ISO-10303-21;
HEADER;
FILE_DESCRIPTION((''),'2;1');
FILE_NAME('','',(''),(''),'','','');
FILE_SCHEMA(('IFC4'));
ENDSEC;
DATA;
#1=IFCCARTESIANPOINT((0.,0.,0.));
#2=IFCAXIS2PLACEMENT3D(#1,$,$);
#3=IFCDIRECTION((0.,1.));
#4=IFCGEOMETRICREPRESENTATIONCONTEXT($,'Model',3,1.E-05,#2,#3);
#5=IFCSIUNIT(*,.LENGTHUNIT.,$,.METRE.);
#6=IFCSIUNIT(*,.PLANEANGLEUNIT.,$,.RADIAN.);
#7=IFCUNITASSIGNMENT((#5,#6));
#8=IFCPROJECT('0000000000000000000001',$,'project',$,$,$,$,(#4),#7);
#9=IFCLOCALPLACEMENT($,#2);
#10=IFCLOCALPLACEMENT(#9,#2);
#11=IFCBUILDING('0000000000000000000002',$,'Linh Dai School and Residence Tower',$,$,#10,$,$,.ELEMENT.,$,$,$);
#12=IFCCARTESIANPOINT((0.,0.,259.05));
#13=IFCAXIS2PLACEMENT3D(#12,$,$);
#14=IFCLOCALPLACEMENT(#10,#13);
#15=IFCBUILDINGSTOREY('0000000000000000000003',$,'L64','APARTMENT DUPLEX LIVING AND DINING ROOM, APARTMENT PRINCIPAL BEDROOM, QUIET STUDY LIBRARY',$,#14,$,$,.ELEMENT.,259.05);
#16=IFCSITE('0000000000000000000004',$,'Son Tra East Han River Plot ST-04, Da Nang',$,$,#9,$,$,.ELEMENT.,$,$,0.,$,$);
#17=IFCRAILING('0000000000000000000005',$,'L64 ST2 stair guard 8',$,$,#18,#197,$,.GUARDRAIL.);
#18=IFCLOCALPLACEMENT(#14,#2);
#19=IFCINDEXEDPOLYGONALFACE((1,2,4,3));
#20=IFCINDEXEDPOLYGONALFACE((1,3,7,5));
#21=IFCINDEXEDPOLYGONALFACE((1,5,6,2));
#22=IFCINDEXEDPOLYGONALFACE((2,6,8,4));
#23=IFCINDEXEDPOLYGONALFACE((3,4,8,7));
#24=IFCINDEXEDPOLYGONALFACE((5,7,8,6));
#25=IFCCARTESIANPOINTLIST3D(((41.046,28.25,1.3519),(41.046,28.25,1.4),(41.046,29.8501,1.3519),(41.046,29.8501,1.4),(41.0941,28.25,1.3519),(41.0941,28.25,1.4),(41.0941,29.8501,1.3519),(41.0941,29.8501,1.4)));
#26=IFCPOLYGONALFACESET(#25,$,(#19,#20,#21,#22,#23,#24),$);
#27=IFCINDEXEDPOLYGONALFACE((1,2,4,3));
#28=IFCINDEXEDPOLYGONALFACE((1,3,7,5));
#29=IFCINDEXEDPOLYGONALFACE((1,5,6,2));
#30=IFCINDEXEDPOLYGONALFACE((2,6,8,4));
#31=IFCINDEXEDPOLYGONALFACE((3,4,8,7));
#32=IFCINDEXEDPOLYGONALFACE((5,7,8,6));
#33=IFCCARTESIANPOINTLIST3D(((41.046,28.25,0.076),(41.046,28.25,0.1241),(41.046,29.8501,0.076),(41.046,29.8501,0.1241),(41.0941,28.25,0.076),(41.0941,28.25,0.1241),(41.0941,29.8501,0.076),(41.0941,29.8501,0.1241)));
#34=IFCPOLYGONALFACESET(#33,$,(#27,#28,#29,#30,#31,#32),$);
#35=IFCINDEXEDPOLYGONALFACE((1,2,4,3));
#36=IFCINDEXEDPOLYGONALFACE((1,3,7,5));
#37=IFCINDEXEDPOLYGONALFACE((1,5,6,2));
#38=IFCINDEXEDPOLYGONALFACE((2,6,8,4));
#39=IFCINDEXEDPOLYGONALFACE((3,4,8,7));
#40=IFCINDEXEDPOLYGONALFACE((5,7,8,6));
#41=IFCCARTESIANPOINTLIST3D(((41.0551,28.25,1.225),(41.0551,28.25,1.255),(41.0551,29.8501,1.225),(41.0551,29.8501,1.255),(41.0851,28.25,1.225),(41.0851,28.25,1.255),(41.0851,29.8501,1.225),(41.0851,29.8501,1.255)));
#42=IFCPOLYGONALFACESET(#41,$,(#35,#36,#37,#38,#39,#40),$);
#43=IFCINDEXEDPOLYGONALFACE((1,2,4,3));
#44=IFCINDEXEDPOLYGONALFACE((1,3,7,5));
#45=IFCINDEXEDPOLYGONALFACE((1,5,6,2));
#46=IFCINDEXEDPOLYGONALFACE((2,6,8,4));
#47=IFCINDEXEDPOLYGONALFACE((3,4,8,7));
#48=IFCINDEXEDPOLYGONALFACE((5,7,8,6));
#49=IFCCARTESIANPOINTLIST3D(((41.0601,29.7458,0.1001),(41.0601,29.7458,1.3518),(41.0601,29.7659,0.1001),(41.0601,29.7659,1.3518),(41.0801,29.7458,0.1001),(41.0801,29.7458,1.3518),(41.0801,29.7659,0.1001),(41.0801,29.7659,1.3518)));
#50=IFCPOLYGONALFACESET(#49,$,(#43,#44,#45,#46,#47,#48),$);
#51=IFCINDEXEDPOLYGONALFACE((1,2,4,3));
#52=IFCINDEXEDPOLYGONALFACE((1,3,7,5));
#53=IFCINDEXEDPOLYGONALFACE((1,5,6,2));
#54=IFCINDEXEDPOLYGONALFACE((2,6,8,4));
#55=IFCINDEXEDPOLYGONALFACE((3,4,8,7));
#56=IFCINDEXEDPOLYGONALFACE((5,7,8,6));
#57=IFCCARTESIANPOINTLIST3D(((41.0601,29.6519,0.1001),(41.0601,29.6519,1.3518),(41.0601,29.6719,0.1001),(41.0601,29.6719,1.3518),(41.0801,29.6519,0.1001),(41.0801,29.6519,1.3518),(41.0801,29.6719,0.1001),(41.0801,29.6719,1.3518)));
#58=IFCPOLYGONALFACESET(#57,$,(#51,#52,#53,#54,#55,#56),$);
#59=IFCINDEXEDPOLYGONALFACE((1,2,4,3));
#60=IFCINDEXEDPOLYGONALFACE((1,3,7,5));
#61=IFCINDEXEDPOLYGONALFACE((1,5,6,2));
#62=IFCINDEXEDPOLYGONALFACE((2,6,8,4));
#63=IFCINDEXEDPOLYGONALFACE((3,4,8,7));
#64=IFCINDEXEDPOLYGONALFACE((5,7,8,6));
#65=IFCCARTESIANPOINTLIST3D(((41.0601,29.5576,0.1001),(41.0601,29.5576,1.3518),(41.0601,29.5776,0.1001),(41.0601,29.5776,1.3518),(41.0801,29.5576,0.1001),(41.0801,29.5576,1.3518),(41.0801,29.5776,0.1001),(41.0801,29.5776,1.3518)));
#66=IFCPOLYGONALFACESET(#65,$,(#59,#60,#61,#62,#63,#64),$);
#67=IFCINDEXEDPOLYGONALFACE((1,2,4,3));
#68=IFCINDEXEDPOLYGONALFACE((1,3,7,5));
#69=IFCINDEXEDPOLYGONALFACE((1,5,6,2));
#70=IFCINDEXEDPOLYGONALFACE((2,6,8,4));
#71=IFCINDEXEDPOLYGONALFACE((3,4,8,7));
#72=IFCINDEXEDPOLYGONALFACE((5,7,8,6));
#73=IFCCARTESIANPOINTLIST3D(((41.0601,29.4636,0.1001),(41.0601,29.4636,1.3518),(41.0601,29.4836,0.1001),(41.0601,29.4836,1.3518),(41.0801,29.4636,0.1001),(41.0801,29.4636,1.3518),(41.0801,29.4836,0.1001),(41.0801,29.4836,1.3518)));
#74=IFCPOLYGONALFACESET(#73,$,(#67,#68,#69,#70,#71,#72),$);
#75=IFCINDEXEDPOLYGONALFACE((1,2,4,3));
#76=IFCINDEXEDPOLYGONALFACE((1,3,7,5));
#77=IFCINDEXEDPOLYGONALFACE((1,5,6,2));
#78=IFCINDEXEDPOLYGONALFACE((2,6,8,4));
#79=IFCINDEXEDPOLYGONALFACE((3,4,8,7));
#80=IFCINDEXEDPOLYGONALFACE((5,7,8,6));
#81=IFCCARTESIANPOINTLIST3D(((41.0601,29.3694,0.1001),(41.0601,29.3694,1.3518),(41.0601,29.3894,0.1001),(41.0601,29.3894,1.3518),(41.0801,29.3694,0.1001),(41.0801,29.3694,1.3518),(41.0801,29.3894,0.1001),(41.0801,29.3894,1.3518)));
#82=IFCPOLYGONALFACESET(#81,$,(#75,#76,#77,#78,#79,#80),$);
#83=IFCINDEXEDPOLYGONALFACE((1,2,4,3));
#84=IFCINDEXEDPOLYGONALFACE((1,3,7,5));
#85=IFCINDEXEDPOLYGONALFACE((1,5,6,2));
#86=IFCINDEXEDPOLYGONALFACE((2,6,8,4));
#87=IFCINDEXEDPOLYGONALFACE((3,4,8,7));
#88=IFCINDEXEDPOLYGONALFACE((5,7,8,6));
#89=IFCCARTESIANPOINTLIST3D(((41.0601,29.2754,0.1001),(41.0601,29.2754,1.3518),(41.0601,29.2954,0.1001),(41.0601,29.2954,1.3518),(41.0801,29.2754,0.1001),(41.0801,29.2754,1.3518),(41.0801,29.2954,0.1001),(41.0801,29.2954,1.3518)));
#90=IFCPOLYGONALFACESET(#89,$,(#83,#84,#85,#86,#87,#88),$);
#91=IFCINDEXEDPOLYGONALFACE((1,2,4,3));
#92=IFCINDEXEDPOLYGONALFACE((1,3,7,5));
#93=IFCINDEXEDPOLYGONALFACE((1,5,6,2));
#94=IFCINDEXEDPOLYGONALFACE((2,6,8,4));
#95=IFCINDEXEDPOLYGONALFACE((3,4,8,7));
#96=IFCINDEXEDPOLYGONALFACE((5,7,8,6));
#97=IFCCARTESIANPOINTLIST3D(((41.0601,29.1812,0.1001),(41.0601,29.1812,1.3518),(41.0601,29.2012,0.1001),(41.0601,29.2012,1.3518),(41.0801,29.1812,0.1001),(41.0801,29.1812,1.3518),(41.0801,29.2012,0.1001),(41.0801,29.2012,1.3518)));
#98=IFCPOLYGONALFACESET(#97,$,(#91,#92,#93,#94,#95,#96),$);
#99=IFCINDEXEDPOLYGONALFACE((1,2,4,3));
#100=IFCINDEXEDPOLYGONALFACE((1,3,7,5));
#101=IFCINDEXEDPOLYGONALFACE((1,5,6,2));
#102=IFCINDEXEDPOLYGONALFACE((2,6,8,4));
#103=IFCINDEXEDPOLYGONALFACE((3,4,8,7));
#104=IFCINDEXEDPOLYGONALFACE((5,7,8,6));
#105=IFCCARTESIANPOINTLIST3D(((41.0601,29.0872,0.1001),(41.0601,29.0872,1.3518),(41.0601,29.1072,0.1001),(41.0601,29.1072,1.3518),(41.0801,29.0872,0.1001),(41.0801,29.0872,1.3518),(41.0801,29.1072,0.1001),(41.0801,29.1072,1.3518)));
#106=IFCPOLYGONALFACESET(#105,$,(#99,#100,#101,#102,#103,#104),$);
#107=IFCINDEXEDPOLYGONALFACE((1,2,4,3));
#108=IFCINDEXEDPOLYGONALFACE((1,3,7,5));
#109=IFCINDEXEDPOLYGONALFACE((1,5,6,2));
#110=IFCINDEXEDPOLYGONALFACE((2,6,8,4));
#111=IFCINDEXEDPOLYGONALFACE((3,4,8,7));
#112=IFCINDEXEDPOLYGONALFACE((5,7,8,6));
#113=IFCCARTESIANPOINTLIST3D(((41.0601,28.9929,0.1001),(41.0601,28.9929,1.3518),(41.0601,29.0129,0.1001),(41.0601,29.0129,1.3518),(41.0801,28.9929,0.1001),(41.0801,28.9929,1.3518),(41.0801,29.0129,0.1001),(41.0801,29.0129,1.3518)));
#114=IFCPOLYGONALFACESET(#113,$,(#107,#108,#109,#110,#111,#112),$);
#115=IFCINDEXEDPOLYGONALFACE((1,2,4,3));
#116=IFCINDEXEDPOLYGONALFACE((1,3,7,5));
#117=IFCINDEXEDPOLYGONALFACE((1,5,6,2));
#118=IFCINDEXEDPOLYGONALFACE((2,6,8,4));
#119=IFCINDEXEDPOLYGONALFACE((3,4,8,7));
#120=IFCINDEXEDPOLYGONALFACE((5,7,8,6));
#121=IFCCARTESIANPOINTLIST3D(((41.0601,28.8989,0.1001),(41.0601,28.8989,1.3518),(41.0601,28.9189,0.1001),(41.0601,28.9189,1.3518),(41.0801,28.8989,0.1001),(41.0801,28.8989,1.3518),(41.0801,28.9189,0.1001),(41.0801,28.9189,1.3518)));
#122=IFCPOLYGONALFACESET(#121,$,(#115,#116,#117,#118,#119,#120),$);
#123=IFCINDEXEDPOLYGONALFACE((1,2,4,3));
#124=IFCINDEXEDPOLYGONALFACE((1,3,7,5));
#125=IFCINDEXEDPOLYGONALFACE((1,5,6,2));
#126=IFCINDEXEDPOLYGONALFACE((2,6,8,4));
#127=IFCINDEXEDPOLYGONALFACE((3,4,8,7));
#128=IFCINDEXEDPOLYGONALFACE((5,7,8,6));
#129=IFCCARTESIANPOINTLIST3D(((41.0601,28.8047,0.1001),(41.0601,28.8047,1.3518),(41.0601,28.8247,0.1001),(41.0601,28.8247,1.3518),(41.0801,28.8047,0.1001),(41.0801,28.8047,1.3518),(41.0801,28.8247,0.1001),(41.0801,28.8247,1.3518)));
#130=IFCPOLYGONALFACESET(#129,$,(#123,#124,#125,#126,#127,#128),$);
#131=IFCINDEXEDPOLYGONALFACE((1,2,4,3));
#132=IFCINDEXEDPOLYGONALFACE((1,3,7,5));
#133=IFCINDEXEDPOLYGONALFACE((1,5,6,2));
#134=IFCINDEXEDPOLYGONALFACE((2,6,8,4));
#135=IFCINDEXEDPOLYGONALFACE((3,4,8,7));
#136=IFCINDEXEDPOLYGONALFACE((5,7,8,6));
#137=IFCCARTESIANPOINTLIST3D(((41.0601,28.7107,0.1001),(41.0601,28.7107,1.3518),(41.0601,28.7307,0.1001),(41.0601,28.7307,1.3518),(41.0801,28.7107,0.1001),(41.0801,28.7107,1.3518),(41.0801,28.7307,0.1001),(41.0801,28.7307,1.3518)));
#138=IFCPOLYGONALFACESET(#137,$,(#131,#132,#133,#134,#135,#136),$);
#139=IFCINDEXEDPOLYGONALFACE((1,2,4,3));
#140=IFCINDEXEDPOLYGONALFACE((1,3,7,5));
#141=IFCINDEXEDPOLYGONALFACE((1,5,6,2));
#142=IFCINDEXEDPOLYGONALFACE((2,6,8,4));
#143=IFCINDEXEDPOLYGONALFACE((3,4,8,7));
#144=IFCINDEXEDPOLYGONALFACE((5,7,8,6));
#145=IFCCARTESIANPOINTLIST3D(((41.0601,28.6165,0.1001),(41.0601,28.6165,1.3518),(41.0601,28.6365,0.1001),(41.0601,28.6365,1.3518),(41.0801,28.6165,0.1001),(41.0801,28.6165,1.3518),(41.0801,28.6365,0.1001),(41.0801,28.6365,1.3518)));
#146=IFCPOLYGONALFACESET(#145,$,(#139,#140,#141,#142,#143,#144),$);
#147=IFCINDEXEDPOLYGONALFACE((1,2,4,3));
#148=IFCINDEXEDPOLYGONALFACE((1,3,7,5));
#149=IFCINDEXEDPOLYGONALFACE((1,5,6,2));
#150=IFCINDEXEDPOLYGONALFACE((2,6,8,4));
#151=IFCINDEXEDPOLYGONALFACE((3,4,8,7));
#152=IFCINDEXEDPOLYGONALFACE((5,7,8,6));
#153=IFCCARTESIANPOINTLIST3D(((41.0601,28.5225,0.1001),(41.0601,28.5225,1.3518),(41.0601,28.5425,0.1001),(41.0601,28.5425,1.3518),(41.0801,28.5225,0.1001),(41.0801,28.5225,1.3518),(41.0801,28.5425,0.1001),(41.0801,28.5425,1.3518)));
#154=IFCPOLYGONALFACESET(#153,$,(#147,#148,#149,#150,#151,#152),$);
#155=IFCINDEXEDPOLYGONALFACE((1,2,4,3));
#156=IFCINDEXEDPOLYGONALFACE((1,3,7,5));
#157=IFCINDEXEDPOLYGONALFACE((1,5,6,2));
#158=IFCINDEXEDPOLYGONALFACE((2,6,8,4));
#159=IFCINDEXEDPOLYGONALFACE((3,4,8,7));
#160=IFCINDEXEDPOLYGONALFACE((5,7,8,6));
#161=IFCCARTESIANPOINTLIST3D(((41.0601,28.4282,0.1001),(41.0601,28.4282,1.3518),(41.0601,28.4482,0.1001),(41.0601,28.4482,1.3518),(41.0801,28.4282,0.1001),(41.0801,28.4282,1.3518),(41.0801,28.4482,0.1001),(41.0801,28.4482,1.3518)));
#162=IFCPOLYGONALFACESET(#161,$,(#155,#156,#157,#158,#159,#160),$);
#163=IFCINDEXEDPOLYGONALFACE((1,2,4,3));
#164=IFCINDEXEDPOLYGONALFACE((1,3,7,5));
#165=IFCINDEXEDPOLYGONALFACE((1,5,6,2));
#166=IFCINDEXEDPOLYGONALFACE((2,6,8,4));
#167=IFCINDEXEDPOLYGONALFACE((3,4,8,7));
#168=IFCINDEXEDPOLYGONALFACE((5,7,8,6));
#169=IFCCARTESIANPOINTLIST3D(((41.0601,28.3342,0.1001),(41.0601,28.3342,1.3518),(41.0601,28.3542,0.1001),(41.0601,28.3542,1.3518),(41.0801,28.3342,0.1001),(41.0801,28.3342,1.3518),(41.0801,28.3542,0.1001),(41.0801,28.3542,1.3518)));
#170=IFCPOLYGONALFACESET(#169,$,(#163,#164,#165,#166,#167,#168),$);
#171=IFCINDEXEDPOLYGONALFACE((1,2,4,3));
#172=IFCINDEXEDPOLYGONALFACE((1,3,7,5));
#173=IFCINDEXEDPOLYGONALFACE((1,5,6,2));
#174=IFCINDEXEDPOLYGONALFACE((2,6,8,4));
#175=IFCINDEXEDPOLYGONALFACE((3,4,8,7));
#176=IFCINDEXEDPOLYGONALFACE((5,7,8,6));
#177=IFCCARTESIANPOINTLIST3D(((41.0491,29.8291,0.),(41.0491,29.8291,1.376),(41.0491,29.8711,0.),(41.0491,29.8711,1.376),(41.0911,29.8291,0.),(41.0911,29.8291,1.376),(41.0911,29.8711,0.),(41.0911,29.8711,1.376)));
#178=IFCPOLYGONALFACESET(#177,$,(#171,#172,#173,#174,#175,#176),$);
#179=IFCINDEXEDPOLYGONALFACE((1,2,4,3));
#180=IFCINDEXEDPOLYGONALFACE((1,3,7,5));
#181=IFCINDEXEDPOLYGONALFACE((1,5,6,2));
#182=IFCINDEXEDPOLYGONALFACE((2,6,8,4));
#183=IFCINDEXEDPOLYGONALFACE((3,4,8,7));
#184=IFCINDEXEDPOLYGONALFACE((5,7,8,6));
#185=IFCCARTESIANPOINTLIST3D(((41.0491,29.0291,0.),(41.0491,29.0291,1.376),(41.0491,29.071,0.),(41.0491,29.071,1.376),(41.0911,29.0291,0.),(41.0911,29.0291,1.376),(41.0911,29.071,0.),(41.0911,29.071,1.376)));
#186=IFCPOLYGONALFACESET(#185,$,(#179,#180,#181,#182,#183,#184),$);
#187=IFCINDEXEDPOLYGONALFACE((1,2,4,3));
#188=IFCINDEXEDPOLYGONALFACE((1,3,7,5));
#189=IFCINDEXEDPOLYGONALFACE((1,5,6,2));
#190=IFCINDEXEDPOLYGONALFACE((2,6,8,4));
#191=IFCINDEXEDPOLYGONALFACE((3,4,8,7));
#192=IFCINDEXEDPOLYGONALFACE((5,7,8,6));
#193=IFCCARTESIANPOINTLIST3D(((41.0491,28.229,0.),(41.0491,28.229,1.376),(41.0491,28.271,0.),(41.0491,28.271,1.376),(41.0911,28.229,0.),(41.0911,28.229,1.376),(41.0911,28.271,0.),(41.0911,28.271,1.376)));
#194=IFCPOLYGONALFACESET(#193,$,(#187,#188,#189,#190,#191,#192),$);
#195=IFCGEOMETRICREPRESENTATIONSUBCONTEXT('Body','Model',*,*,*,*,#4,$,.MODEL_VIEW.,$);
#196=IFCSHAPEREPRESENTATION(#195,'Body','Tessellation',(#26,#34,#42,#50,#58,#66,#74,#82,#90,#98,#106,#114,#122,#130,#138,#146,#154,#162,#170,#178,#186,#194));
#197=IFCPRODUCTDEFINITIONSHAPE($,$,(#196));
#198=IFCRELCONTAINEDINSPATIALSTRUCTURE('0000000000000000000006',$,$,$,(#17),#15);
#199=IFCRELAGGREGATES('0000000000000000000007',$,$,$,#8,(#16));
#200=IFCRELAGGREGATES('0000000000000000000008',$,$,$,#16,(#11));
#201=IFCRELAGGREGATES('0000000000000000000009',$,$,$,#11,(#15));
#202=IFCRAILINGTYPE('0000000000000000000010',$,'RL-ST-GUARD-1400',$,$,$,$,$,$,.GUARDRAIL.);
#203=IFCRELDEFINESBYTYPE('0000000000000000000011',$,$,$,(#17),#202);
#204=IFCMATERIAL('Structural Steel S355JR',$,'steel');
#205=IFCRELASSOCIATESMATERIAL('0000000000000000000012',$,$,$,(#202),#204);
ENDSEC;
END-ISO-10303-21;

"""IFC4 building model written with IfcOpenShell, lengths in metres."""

from ifc_helpers import new_model, si_unit, direction, frame, origin, origin_2d, place, context, subcontext, project, spatial, rectangle, extrude, source, transform, mapped, material, type_object, element, save


model = new_model("IFC4")

# Units and contexts
model_context = context("Model", 3, precision=1e-05, world=origin(), true_north=direction((0.0, 1.0)))
body_context = subcontext(model_context, "Body", "Model", "MODEL_VIEW")
ifc_project = project(units=[si_unit("LENGTHUNIT", "METRE"), si_unit("PLANEANGLEUNIT", "RADIAN")], contexts=[model_context])

# Site, building, storey
site_placement = place(None, origin())
site = spatial("IfcSite", under=ifc_project, at=site_placement, Name="Son Tra East Han River Plot ST-04, Da Nang", CompositionType="ELEMENT", RefElevation=0.0)
building_placement = place(site_placement, origin())
building = spatial("IfcBuilding", under=site, at=building_placement, Name="Linh Dai School and Residence Tower", CompositionType="ELEMENT")
storey_placement = place(building_placement, frame((0.0, 0.0, 259.05)))
storey = spatial("IfcBuildingStorey", under=building, at=storey_placement, Name="L64", Description="APARTMENT DUPLEX LIVING AND DINING ROOM, APARTMENT PRINCIPAL BEDROOM, QUIET STUDY LIBRARY", CompositionType="ELEMENT", Elevation=259.05)

# Shared definitions
ifc_material_1 = material(Name="Structural Steel S355JR", Category="steel")

# Railing
railing_type_1 = type_object("IfcRailingType", Name="RL-ST-GUARD-1400", PredefinedType="GUARDRAIL", material=ifc_material_1)
shared_shape_1 = source(origin(), body_context, "Body", "SweptSolid", [
    extrude(rectangle(XDim=0.0481, YDim=0.0481, at=origin_2d()), frame((0.0, 0.0, 1.376), z_axis=(0.0, -1.0, 0.0), x_axis=(1.0, 0.0, 0.0)), (0.0, 0.0, 1.0), 1.6001),
    extrude(rectangle(XDim=0.0481, YDim=0.0481, at=origin_2d()), frame((0.0, 0.0, 0.1001), z_axis=(0.0, -1.0, 0.0), x_axis=(1.0, 0.0, 0.0)), (0.0, 0.0, 1.0), 1.6001),
    extrude(rectangle(XDim=0.03, YDim=0.03, at=origin_2d()), frame((0.0, 0.0, 1.24), z_axis=(0.0, -1.0, 0.0), x_axis=(1.0, 0.0, 0.0)), (0.0, 0.0, 1.0), 1.6001),
    extrude(rectangle(XDim=0.02, YDim=0.02, at=origin_2d()), frame((0.0, -0.0942, 0.1001)), (0.0, 0.0, 1.0), 1.2517),
    extrude(rectangle(XDim=0.02, YDim=0.02, at=origin_2d()), frame((0.0, -0.1882, 0.1001)), (0.0, 0.0, 1.0), 1.2517),
    extrude(rectangle(XDim=0.02, YDim=0.02, at=origin_2d()), frame((0.0, -0.2825, 0.1001)), (0.0, 0.0, 1.0), 1.2517),
    extrude(rectangle(XDim=0.02, YDim=0.02, at=origin_2d()), frame((0.0, -0.3765, 0.1001)), (0.0, 0.0, 1.0), 1.2517),
    extrude(rectangle(XDim=0.02, YDim=0.02, at=origin_2d()), frame((0.0, -0.4707, 0.1001)), (0.0, 0.0, 1.0), 1.2517),
    extrude(rectangle(XDim=0.02, YDim=0.02, at=origin_2d()), frame((0.0, -0.5647, 0.1001)), (0.0, 0.0, 1.0), 1.2517),
    extrude(rectangle(XDim=0.02, YDim=0.02, at=origin_2d()), frame((0.0, -0.6589, 0.1001)), (0.0, 0.0, 1.0), 1.2517),
    extrude(rectangle(XDim=0.02, YDim=0.02, at=origin_2d()), frame((0.0, -0.7529, 0.1001)), (0.0, 0.0, 1.0), 1.2517),
    extrude(rectangle(XDim=0.02, YDim=0.02, at=origin_2d()), frame((0.0, -0.8472, 0.1001)), (0.0, 0.0, 1.0), 1.2517),
    extrude(rectangle(XDim=0.02, YDim=0.02, at=origin_2d()), frame((0.0, -0.9412, 0.1001)), (0.0, 0.0, 1.0), 1.2517),
    extrude(rectangle(XDim=0.02, YDim=0.02, at=origin_2d()), frame((0.0, -1.0354, 0.1001)), (0.0, 0.0, 1.0), 1.2517),
    extrude(rectangle(XDim=0.02, YDim=0.02, at=origin_2d()), frame((0.0, -1.1294, 0.1001)), (0.0, 0.0, 1.0), 1.2517),
    extrude(rectangle(XDim=0.02, YDim=0.02, at=origin_2d()), frame((0.0, -1.2236, 0.1001)), (0.0, 0.0, 1.0), 1.2517),
    extrude(rectangle(XDim=0.02, YDim=0.02, at=origin_2d()), frame((0.0, -1.3176, 0.1001)), (0.0, 0.0, 1.0), 1.2517),
    extrude(rectangle(XDim=0.02, YDim=0.02, at=origin_2d()), frame((0.0, -1.4119, 0.1001)), (0.0, 0.0, 1.0), 1.2517),
    extrude(rectangle(XDim=0.02, YDim=0.02, at=origin_2d()), frame((0.0, -1.5059, 0.1001)), (0.0, 0.0, 1.0), 1.2517),
    extrude(rectangle(XDim=0.042, YDim=0.042, at=origin_2d()), origin(), (0.0, 0.0, 1.0), 1.376),
    extrude(rectangle(XDim=0.042, YDim=0.042, at=origin_2d()), frame((0.0, -0.8, 0.0)), (0.0, 0.0, 1.0), 1.376),
    extrude(rectangle(XDim=0.042, YDim=0.042, at=origin_2d()), frame((0.0, -1.6001, 0.0)), (0.0, 0.0, 1.0), 1.376),
])
for number, where, name in (
    (1, (41.0701, 29.8501, 0.0), "L64 ST2 stair guard 8"),
):
    element("IfcRailing", number, at=place(storey_placement, frame(where)), inside=storey, type_object=railing_type_1, Name=name, PredefinedType="GUARDRAIL", context=body_context, shape_type="MappedRepresentation", body=[
        mapped(shared_shape_1, transform((0.0, 0.0, 0.0), x_axis=(1.0, 0.0, 0.0), y_axis=(0.0, 1.0, 0.0), z_axis=(0.0, 0.0, 1.0), scale=1.0)),
    ])

save(model, "model.ifc")
